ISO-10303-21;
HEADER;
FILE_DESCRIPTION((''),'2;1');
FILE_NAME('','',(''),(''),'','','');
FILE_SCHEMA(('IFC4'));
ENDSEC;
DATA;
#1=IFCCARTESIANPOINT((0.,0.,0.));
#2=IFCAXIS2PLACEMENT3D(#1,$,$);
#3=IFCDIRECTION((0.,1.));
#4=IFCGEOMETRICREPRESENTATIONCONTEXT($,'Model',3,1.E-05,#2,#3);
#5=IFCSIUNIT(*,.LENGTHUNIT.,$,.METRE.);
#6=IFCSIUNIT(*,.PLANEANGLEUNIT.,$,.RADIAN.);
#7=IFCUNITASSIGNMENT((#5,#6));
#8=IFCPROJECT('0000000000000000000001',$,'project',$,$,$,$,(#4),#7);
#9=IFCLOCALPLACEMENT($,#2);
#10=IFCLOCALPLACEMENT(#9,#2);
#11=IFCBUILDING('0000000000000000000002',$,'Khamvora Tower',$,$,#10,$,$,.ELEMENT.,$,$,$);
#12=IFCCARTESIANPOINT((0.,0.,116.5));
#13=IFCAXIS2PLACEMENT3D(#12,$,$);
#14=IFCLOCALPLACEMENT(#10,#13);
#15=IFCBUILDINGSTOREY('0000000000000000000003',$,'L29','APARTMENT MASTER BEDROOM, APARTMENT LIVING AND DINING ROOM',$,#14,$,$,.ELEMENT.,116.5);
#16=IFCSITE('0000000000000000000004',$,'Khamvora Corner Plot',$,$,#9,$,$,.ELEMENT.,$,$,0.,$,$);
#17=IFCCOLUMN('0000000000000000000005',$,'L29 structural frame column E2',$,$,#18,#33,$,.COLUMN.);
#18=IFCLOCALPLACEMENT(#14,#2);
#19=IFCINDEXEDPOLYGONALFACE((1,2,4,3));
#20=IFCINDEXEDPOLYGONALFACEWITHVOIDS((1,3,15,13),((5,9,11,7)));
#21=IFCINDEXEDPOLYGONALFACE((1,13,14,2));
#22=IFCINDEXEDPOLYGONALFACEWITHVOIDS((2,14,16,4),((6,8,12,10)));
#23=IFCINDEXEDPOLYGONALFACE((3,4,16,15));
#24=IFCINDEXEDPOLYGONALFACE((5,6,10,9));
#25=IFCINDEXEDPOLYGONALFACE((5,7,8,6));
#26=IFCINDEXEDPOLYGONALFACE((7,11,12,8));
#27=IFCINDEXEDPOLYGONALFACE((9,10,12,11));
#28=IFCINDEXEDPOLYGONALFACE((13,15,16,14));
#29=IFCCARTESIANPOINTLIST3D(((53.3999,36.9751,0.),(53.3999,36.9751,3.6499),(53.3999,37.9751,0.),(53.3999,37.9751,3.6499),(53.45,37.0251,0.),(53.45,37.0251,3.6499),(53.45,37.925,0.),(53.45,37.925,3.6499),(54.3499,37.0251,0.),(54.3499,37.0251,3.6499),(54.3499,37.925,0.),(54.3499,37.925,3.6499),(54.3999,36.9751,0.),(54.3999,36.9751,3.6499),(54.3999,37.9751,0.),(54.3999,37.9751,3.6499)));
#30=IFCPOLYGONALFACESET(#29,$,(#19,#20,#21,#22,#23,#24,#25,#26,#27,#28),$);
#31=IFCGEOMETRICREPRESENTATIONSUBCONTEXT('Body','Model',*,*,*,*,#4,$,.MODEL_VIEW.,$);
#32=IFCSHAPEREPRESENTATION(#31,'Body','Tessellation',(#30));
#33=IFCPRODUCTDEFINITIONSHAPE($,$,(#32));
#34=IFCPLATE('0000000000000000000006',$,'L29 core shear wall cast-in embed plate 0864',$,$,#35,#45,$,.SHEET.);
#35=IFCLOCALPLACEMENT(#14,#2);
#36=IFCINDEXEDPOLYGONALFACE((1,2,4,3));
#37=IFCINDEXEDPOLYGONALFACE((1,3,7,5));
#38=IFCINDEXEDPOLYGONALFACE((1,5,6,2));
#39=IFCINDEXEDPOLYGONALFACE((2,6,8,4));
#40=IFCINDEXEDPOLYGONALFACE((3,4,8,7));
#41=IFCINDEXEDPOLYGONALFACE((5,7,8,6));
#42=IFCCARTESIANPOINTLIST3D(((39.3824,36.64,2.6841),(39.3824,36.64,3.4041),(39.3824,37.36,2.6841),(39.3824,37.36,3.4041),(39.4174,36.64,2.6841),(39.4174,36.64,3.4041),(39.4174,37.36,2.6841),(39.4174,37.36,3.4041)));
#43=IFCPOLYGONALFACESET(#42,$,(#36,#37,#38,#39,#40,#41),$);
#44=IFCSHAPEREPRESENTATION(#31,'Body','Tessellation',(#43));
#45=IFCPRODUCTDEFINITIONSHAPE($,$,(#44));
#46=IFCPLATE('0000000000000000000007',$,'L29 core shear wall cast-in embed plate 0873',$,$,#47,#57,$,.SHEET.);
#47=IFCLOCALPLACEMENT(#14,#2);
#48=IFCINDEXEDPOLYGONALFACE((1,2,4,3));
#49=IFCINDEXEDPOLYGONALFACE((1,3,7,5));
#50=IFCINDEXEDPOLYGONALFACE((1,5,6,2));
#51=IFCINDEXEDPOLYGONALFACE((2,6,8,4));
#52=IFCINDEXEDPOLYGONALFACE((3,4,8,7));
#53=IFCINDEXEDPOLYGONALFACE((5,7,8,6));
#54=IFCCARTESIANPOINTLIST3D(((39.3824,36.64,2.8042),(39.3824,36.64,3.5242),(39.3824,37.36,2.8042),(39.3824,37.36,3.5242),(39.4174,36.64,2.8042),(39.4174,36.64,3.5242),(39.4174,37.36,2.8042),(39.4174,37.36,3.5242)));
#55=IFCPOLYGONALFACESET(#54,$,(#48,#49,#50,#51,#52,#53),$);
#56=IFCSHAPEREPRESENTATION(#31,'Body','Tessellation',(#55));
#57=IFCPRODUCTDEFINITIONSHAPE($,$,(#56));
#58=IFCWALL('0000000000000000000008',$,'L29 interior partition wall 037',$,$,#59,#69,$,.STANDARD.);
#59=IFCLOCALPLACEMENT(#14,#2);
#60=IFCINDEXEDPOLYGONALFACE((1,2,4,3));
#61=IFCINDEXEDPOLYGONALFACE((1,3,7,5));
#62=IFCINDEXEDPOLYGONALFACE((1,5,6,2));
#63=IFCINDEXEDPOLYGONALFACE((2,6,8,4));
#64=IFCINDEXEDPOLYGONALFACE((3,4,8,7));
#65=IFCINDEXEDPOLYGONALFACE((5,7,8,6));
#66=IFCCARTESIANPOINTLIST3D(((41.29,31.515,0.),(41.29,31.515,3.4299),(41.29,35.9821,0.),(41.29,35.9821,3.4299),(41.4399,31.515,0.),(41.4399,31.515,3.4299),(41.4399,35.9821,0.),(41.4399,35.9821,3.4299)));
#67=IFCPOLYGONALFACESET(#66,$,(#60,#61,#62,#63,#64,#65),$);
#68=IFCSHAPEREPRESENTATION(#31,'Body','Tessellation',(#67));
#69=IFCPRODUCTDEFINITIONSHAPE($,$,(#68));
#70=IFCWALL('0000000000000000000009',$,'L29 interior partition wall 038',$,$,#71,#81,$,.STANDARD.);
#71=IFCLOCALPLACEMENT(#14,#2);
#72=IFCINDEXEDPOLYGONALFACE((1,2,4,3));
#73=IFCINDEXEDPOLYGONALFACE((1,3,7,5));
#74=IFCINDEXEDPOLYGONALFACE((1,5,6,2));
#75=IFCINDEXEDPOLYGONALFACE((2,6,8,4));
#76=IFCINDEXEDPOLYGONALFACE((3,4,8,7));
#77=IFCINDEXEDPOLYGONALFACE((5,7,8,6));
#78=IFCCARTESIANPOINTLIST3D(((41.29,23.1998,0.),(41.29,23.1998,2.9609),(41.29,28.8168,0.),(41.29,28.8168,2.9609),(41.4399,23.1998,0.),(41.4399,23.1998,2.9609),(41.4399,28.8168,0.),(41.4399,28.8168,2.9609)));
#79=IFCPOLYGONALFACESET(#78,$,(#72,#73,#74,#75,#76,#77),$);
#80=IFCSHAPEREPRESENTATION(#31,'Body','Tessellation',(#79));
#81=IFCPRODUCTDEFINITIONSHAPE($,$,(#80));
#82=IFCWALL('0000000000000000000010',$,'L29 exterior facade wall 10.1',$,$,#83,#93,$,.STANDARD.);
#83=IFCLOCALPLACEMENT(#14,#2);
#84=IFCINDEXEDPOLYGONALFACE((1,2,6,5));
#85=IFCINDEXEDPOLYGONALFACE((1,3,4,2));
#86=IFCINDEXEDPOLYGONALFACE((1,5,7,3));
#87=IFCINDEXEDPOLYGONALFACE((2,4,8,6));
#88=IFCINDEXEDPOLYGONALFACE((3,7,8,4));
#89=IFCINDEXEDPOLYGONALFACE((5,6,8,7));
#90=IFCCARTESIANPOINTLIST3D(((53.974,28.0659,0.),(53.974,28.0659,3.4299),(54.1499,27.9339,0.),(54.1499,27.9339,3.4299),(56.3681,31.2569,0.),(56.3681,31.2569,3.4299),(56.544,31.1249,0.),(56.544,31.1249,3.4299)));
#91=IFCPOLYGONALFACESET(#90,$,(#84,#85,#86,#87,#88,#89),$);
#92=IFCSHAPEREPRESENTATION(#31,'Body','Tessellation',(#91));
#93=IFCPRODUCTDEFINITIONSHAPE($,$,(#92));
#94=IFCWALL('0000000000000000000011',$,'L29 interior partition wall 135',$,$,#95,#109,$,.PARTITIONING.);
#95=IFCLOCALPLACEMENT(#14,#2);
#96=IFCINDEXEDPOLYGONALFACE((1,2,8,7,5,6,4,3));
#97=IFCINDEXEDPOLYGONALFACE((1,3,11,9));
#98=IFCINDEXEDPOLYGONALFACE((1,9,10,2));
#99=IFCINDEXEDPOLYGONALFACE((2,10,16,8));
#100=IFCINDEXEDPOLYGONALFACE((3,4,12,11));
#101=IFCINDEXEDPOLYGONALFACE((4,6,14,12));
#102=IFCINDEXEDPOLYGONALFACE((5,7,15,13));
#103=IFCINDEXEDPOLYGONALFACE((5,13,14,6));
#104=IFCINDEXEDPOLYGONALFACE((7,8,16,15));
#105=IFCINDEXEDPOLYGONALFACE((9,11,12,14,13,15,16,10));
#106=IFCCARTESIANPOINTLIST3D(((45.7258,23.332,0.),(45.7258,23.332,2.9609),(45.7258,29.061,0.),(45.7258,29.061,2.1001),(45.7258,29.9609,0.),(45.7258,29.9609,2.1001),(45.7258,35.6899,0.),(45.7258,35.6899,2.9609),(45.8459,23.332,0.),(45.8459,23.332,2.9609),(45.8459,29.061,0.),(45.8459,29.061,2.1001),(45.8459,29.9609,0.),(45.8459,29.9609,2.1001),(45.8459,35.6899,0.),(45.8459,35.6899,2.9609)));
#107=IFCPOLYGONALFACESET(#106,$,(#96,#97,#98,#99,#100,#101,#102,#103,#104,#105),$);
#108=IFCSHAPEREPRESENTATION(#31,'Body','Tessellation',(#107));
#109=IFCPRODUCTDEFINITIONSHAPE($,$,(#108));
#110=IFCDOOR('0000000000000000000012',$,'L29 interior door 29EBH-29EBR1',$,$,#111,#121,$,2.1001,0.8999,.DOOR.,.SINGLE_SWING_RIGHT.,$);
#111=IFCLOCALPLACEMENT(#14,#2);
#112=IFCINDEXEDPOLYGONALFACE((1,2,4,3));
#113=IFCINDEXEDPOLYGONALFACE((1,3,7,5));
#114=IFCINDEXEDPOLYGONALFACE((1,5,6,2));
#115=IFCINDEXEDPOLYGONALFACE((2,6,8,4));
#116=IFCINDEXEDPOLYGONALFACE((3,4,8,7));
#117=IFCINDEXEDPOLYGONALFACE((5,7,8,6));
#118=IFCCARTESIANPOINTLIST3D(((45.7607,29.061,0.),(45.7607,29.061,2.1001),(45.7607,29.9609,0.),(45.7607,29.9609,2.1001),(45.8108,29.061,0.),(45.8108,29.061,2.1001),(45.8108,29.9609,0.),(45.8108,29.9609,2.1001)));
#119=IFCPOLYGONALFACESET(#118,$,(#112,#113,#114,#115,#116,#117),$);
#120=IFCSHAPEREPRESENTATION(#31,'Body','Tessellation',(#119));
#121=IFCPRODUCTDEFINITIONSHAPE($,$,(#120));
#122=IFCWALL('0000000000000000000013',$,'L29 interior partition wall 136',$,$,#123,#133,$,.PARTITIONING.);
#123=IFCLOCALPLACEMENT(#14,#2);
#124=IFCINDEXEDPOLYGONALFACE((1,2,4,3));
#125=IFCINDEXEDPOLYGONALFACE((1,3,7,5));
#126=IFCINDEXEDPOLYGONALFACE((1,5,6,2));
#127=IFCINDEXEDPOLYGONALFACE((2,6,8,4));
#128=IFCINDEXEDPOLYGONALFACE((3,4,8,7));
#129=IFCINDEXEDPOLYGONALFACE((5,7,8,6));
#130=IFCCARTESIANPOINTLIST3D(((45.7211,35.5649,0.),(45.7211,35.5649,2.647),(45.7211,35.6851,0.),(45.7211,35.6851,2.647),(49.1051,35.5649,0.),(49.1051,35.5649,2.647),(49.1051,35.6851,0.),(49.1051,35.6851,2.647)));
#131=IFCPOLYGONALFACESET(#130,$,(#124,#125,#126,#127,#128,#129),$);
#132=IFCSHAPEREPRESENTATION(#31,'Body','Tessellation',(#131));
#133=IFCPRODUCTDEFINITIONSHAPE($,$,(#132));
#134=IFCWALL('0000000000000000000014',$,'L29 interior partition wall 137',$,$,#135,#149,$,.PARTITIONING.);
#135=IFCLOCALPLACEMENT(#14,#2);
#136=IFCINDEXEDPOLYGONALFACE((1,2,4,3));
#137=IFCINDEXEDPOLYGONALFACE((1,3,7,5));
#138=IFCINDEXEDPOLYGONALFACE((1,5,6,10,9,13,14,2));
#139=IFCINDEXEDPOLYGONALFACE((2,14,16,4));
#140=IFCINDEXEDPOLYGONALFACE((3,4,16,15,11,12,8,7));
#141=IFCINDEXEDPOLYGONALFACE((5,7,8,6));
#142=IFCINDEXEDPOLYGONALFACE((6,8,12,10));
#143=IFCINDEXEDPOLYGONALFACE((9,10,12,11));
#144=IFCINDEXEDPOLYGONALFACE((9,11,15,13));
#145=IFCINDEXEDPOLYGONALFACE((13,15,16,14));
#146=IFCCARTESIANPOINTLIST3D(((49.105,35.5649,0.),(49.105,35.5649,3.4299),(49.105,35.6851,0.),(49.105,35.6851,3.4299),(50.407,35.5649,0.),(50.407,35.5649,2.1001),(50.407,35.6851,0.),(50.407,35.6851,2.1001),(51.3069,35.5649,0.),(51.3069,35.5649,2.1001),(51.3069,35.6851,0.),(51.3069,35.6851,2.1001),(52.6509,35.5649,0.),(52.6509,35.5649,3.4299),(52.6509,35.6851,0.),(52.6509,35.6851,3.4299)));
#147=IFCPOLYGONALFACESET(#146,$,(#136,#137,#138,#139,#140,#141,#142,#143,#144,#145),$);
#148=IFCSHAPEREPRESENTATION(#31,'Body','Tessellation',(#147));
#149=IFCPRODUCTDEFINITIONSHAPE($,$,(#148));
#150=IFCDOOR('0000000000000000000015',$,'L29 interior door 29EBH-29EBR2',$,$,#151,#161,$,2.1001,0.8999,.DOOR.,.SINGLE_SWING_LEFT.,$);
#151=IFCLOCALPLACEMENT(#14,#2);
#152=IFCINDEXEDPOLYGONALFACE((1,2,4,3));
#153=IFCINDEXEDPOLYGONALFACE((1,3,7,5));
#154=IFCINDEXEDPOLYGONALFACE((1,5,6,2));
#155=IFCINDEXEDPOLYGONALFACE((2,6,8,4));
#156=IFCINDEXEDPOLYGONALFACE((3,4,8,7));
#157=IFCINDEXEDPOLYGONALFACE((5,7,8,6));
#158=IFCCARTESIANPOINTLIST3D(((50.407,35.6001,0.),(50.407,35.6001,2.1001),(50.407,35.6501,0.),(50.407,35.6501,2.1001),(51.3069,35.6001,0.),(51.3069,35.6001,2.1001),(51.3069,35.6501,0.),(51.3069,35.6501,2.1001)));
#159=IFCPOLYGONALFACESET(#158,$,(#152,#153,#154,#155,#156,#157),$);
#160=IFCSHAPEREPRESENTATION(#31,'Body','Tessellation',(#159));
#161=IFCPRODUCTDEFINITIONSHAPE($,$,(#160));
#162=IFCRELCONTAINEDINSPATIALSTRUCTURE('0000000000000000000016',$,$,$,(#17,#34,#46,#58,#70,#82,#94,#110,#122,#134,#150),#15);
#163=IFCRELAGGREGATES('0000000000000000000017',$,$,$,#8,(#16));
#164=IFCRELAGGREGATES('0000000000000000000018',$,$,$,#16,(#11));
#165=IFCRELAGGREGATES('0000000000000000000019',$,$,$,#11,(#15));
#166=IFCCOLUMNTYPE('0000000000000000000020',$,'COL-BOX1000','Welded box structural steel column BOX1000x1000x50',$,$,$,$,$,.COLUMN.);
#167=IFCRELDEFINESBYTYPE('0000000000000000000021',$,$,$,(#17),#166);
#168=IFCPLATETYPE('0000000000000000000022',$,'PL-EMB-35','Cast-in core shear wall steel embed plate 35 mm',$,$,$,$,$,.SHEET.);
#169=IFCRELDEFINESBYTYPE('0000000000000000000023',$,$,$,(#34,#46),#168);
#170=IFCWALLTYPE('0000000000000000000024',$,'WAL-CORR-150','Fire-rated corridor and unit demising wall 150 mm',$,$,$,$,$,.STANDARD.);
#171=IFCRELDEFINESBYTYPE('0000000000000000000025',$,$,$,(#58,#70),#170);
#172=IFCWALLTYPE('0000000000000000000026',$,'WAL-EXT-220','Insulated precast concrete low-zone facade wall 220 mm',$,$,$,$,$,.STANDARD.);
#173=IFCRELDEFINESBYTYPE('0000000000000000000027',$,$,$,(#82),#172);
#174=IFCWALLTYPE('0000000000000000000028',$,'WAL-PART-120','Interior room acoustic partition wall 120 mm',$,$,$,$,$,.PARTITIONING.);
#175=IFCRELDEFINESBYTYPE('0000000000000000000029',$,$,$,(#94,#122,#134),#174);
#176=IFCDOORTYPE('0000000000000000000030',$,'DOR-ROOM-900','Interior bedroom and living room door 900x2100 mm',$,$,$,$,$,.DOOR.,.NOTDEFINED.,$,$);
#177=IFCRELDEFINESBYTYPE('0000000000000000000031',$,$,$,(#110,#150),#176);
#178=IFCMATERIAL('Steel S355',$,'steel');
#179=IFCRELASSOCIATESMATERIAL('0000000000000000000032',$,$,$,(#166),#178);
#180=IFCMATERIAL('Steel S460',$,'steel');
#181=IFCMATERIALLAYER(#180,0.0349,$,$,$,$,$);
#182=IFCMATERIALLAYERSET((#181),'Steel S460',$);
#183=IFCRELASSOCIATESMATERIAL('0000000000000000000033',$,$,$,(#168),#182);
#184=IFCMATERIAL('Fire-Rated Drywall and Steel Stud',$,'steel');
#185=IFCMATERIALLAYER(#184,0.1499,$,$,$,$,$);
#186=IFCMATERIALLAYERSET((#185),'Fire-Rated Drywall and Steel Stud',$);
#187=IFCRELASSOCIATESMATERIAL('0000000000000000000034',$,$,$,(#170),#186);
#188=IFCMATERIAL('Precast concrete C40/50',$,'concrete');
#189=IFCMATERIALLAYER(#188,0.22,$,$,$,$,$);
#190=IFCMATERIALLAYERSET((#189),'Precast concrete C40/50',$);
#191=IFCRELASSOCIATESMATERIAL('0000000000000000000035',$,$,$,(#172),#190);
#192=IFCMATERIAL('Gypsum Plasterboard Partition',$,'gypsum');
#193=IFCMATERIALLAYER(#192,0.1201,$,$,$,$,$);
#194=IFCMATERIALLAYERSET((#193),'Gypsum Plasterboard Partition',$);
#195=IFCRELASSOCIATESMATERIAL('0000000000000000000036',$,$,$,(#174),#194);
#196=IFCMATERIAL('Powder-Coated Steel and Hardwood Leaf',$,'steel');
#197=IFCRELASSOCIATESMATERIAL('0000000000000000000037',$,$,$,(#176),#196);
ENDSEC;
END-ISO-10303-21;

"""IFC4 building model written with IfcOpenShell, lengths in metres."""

from ifc_helpers import new_model, si_unit, direction, frame, frame_2d, origin, origin_2d, place, context, subcontext, project, spatial, rectangle, hollow_rectangle, extrude, material, layer, layer_set, material_profile, profile_set, type_object, element, fill, save


model = new_model("IFC4")

# Units and contexts
model_context = context("Model", 3, precision=1e-05, world=origin(), true_north=direction((0.0, 1.0)))
body_context = subcontext(model_context, "Body", "Model", "MODEL_VIEW")
ifc_project = project(units=[si_unit("LENGTHUNIT", "METRE"), si_unit("PLANEANGLEUNIT", "RADIAN")], contexts=[model_context])

# Site, building, storey
site_placement = place(None, origin())
site = spatial("IfcSite", under=ifc_project, at=site_placement, Name="Khamvora Corner Plot", CompositionType="ELEMENT", RefElevation=0.0)
building_placement = place(site_placement, origin())
building = spatial("IfcBuilding", under=site, at=building_placement, Name="Khamvora Tower", CompositionType="ELEMENT")
storey_placement = place(building_placement, frame((0.0, 0.0, 116.5)))
storey = spatial("IfcBuildingStorey", under=building, at=storey_placement, Name="L29", Description="APARTMENT MASTER BEDROOM, APARTMENT LIVING AND DINING ROOM", CompositionType="ELEMENT", Elevation=116.5)

# Column
ifc_material_1 = material(Name="Steel S355", Category="steel")
ifc_material_profile = material_profile(ifc_material_1, hollow_rectangle(XDim=1.0, YDim=1.0, WallThickness=0.05, at=origin_2d()), Name="BOX1000x1000x50")
ifc_profile_set = profile_set([ifc_material_profile], Name="Steel S355")
column_type = type_object("IfcColumnType", Name="COL-BOX1000", Description="Welded box structural steel column BOX1000x1000x50", PredefinedType="COLUMN", material=ifc_profile_set)
column_placement = place(storey_placement, frame((53.8999, 37.4751, 0.0), z_axis=(0.0, 0.0, 1.0), x_axis=(1.0, 0.0, 0.0)))
element("IfcColumn", 1, at=column_placement, inside=storey, type_object=column_type, Name="L29 structural frame column E2", PredefinedType="COLUMN", context=body_context, shape_type="SweptSolid", body=[
    extrude(hollow_rectangle(XDim=1.0, YDim=1.0, WallThickness=0.05, at=origin_2d()), origin(), (0.0, 0.0, 1.0), 3.6499),
])

# Plates
ifc_material_2 = material(Name="Steel S460", Category="steel")
ifc_layer_1 = layer(ifc_material_2, 0.0349)
ifc_layer_set_1 = layer_set([ifc_layer_1], Name="Steel S460")
plate_type = type_object("IfcPlateType", Name="PL-EMB-35", Description="Cast-in core shear wall steel embed plate 35 mm", PredefinedType="SHEET", material=ifc_layer_set_1)
for number, where, z_axis, x_axis, name in (
    (2, (39.3999, 37.0, 2.6841), (0.0, 0.0, 1.0), (1.0, 0.0, 0.0), "L29 core shear wall cast-in embed plate 0864"),
    (3, (39.3999, 37.0, 2.8042), (0.0, 0.0, 1.0), (1.0, 0.0, 0.0), "L29 core shear wall cast-in embed plate 0873"),
):
    element("IfcPlate", number, at=place(storey_placement, frame(where, z_axis=z_axis, x_axis=x_axis)), inside=storey, type_object=plate_type, Name=name, PredefinedType="SHEET", context=body_context, shape_type="SweptSolid", body=[
        extrude(rectangle(XDim=0.0349, YDim=0.72, at=origin_2d()), origin(), (0.0, 0.0, 1.0), 0.72),
    ])

# Shared definitions
ifc_material_3 = material(Name="Fire-Rated Drywall and Steel Stud", Category="steel")
ifc_layer_2 = layer(ifc_material_3, 0.1499)
ifc_layer_set_2 = layer_set([ifc_layer_2], Name="Fire-Rated Drywall and Steel Stud")
wall_type_1 = type_object("IfcWallType", Name="WAL-CORR-150", Description="Fire-rated corridor and unit demising wall 150 mm", PredefinedType="STANDARD", material=ifc_layer_set_2)
ifc_material_4 = material(Name="Powder-Coated Steel and Hardwood Leaf", Category="steel")

# Walls
wall_1_placement = place(storey_placement, frame((41.365, 35.9819, 0.0), z_axis=(0.0, 0.0, 1.0), x_axis=(0.0, -1.0, 0.0)))
element("IfcWall", 4, at=wall_1_placement, inside=storey, type_object=wall_type_1, Name="L29 interior partition wall 037", PredefinedType="STANDARD", context=body_context, shape_type="SweptSolid", body=[
    extrude(rectangle(XDim=4.467, YDim=0.1499, at=frame_2d((2.2334, 0.0))), origin(), (0.0, 0.0, 1.0), 3.4299),
])
wall_2_placement = place(storey_placement, frame((41.365, 28.8169, 0.0), z_axis=(0.0, 0.0, 1.0), x_axis=(0.0, -1.0, 0.0)))
element("IfcWall", 5, at=wall_2_placement, inside=storey, type_object=wall_type_1, Name="L29 interior partition wall 038", PredefinedType="STANDARD", context=body_context, shape_type="SweptSolid", body=[
    extrude(rectangle(XDim=5.6169, YDim=0.1499, at=frame_2d((2.8086, 0.0))), origin(), (0.0, 0.0, 1.0), 2.9609),
])
ifc_material_5 = material(Name="Precast concrete C40/50", Category="concrete")
ifc_layer_3 = layer(ifc_material_5, 0.22)
ifc_layer_set_3 = layer_set([ifc_layer_3], Name="Precast concrete C40/50")
wall_type_2 = type_object("IfcWallType", Name="WAL-EXT-220", Description="Insulated precast concrete low-zone facade wall 220 mm", PredefinedType="STANDARD", material=ifc_layer_set_3)
wall_3_placement = place(storey_placement, frame((56.4561, 31.1909, 0.0), z_axis=(0.0, 0.0, 1.0), x_axis=(-0.600137, -0.799897, 0.0)))
element("IfcWall", 6, at=wall_3_placement, inside=storey, type_object=wall_type_2, Name="L29 exterior facade wall 10.1", PredefinedType="STANDARD", context=body_context, shape_type="SweptSolid", body=[
    extrude(rectangle(XDim=3.9893, YDim=0.22, at=frame_2d((1.9946, 0.0))), origin(), (0.0, 0.0, 1.0), 3.4299),
])

# Wall, opening, door
ifc_material_6 = material(Name="Gypsum Plasterboard Partition", Category="gypsum")
ifc_layer_4 = layer(ifc_material_6, 0.1201)
ifc_layer_set_4 = layer_set([ifc_layer_4], Name="Gypsum Plasterboard Partition")
wall_type_3 = type_object("IfcWallType", Name="WAL-PART-120", Description="Interior room acoustic partition wall 120 mm", PredefinedType="PARTITIONING", material=ifc_layer_set_4)
wall_4_placement = place(storey_placement, frame((45.7859, 35.6899, 0.0), z_axis=(0.0, 0.0, 1.0), x_axis=(0.0, -1.0, 0.0)))
wall_4 = element("IfcWall", 7, at=wall_4_placement, inside=storey, type_object=wall_type_3, Name="L29 interior partition wall 135", PredefinedType="PARTITIONING", context=body_context, shape_type="SweptSolid", body=[
    extrude(rectangle(XDim=12.3579, YDim=0.1201, at=frame_2d((6.179, 0.0))), origin(), (0.0, 0.0, 1.0), 2.9609),
])
opening_1_placement = place(wall_4_placement, frame((5.729, 0.0, 0.0)))
opening_1 = element("IfcOpeningElement", 8, at=opening_1_placement, cuts=wall_4, PredefinedType="OPENING", context=body_context, shape_type="SweptSolid", body=[
    extrude(rectangle(XDim=0.8999, YDim=2.1001, at=frame_2d((0.45, 1.05))), frame((0.0, 0.0701, 0.0), z_axis=(0.0, -1.0, 0.0), x_axis=(1.0, 0.0, 0.0)), (0.0, 0.0, 1.0), 0.1401),
])
door_type_1 = type_object("IfcDoorType", Name="DOR-ROOM-900", Description="Interior bedroom and living room door 900x2100 mm", OperationType="NOTDEFINED", PredefinedType="DOOR", material=ifc_material_4)
door_1_placement = place(opening_1_placement, origin())
door_1 = element("IfcDoor", 9, at=door_1_placement, inside=storey, type_object=door_type_1, Name="L29 interior door 29EBH-29EBR1", OperationType="SINGLE_SWING_RIGHT", OverallHeight=2.1001, OverallWidth=0.8999, PredefinedType="DOOR", context=body_context, shape_type="SweptSolid", body=[
    extrude(rectangle(XDim=0.8999, YDim=2.1001, at=frame_2d((0.45, 1.05))), frame((0.0, 0.0249, 0.0), z_axis=(0.0, -1.0, 0.0), x_axis=(1.0, 0.0, 0.0)), (0.0, 0.0, 1.0), 0.05),
])
fill(opening_1, door_1)

# Wall
wall_5_placement = place(storey_placement, frame((49.105, 35.625, 0.0), z_axis=(0.0, 0.0, 1.0), x_axis=(-1.0, 0.0, 0.0)))
element("IfcWall", 10, at=wall_5_placement, inside=storey, type_object=wall_type_3, Name="L29 interior partition wall 136", PredefinedType="PARTITIONING", context=body_context, shape_type="SweptSolid", body=[
    extrude(rectangle(XDim=3.384, YDim=0.1201, at=frame_2d((1.6919, 0.0))), origin(), (0.0, 0.0, 1.0), 2.647),
])

# Wall, opening, door
wall_6_placement = place(storey_placement, frame((52.6509, 35.625, 0.0), z_axis=(0.0, 0.0, 1.0), x_axis=(-1.0, 0.0, 0.0)))
wall_6 = element("IfcWall", 11, at=wall_6_placement, inside=storey, type_object=wall_type_3, Name="L29 interior partition wall 137", PredefinedType="PARTITIONING", context=body_context, shape_type="SweptSolid", body=[
    extrude(rectangle(XDim=3.5459, YDim=0.1201, at=frame_2d((1.7729, 0.0))), origin(), (0.0, 0.0, 1.0), 3.4299),
])
opening_2_placement = place(wall_6_placement, frame((1.344, 0.0, 0.0)))
opening_2 = element("IfcOpeningElement", 12, at=opening_2_placement, cuts=wall_6, PredefinedType="OPENING", context=body_context, shape_type="SweptSolid", body=[
    extrude(rectangle(XDim=0.8999, YDim=2.1001, at=frame_2d((0.45, 1.05))), frame((0.0, 0.0701, 0.0), z_axis=(0.0, -1.0, 0.0), x_axis=(1.0, 0.0, 0.0)), (0.0, 0.0, 1.0), 0.1401),
])
door_2_placement = place(opening_2_placement, origin())
door_2 = element("IfcDoor", 13, at=door_2_placement, inside=storey, type_object=door_type_1, Name="L29 interior door 29EBH-29EBR2", OperationType="SINGLE_SWING_LEFT", OverallHeight=2.1001, OverallWidth=0.8999, PredefinedType="DOOR", context=body_context, shape_type="SweptSolid", body=[
    extrude(rectangle(XDim=0.8999, YDim=2.1001, at=frame_2d((0.45, 1.05))), frame((0.0, 0.0249, 0.0), z_axis=(0.0, -1.0, 0.0), x_axis=(1.0, 0.0, 0.0)), (0.0, 0.0, 1.0), 0.05),
])
fill(opening_2, door_2)

save(model, "model.ifc")
